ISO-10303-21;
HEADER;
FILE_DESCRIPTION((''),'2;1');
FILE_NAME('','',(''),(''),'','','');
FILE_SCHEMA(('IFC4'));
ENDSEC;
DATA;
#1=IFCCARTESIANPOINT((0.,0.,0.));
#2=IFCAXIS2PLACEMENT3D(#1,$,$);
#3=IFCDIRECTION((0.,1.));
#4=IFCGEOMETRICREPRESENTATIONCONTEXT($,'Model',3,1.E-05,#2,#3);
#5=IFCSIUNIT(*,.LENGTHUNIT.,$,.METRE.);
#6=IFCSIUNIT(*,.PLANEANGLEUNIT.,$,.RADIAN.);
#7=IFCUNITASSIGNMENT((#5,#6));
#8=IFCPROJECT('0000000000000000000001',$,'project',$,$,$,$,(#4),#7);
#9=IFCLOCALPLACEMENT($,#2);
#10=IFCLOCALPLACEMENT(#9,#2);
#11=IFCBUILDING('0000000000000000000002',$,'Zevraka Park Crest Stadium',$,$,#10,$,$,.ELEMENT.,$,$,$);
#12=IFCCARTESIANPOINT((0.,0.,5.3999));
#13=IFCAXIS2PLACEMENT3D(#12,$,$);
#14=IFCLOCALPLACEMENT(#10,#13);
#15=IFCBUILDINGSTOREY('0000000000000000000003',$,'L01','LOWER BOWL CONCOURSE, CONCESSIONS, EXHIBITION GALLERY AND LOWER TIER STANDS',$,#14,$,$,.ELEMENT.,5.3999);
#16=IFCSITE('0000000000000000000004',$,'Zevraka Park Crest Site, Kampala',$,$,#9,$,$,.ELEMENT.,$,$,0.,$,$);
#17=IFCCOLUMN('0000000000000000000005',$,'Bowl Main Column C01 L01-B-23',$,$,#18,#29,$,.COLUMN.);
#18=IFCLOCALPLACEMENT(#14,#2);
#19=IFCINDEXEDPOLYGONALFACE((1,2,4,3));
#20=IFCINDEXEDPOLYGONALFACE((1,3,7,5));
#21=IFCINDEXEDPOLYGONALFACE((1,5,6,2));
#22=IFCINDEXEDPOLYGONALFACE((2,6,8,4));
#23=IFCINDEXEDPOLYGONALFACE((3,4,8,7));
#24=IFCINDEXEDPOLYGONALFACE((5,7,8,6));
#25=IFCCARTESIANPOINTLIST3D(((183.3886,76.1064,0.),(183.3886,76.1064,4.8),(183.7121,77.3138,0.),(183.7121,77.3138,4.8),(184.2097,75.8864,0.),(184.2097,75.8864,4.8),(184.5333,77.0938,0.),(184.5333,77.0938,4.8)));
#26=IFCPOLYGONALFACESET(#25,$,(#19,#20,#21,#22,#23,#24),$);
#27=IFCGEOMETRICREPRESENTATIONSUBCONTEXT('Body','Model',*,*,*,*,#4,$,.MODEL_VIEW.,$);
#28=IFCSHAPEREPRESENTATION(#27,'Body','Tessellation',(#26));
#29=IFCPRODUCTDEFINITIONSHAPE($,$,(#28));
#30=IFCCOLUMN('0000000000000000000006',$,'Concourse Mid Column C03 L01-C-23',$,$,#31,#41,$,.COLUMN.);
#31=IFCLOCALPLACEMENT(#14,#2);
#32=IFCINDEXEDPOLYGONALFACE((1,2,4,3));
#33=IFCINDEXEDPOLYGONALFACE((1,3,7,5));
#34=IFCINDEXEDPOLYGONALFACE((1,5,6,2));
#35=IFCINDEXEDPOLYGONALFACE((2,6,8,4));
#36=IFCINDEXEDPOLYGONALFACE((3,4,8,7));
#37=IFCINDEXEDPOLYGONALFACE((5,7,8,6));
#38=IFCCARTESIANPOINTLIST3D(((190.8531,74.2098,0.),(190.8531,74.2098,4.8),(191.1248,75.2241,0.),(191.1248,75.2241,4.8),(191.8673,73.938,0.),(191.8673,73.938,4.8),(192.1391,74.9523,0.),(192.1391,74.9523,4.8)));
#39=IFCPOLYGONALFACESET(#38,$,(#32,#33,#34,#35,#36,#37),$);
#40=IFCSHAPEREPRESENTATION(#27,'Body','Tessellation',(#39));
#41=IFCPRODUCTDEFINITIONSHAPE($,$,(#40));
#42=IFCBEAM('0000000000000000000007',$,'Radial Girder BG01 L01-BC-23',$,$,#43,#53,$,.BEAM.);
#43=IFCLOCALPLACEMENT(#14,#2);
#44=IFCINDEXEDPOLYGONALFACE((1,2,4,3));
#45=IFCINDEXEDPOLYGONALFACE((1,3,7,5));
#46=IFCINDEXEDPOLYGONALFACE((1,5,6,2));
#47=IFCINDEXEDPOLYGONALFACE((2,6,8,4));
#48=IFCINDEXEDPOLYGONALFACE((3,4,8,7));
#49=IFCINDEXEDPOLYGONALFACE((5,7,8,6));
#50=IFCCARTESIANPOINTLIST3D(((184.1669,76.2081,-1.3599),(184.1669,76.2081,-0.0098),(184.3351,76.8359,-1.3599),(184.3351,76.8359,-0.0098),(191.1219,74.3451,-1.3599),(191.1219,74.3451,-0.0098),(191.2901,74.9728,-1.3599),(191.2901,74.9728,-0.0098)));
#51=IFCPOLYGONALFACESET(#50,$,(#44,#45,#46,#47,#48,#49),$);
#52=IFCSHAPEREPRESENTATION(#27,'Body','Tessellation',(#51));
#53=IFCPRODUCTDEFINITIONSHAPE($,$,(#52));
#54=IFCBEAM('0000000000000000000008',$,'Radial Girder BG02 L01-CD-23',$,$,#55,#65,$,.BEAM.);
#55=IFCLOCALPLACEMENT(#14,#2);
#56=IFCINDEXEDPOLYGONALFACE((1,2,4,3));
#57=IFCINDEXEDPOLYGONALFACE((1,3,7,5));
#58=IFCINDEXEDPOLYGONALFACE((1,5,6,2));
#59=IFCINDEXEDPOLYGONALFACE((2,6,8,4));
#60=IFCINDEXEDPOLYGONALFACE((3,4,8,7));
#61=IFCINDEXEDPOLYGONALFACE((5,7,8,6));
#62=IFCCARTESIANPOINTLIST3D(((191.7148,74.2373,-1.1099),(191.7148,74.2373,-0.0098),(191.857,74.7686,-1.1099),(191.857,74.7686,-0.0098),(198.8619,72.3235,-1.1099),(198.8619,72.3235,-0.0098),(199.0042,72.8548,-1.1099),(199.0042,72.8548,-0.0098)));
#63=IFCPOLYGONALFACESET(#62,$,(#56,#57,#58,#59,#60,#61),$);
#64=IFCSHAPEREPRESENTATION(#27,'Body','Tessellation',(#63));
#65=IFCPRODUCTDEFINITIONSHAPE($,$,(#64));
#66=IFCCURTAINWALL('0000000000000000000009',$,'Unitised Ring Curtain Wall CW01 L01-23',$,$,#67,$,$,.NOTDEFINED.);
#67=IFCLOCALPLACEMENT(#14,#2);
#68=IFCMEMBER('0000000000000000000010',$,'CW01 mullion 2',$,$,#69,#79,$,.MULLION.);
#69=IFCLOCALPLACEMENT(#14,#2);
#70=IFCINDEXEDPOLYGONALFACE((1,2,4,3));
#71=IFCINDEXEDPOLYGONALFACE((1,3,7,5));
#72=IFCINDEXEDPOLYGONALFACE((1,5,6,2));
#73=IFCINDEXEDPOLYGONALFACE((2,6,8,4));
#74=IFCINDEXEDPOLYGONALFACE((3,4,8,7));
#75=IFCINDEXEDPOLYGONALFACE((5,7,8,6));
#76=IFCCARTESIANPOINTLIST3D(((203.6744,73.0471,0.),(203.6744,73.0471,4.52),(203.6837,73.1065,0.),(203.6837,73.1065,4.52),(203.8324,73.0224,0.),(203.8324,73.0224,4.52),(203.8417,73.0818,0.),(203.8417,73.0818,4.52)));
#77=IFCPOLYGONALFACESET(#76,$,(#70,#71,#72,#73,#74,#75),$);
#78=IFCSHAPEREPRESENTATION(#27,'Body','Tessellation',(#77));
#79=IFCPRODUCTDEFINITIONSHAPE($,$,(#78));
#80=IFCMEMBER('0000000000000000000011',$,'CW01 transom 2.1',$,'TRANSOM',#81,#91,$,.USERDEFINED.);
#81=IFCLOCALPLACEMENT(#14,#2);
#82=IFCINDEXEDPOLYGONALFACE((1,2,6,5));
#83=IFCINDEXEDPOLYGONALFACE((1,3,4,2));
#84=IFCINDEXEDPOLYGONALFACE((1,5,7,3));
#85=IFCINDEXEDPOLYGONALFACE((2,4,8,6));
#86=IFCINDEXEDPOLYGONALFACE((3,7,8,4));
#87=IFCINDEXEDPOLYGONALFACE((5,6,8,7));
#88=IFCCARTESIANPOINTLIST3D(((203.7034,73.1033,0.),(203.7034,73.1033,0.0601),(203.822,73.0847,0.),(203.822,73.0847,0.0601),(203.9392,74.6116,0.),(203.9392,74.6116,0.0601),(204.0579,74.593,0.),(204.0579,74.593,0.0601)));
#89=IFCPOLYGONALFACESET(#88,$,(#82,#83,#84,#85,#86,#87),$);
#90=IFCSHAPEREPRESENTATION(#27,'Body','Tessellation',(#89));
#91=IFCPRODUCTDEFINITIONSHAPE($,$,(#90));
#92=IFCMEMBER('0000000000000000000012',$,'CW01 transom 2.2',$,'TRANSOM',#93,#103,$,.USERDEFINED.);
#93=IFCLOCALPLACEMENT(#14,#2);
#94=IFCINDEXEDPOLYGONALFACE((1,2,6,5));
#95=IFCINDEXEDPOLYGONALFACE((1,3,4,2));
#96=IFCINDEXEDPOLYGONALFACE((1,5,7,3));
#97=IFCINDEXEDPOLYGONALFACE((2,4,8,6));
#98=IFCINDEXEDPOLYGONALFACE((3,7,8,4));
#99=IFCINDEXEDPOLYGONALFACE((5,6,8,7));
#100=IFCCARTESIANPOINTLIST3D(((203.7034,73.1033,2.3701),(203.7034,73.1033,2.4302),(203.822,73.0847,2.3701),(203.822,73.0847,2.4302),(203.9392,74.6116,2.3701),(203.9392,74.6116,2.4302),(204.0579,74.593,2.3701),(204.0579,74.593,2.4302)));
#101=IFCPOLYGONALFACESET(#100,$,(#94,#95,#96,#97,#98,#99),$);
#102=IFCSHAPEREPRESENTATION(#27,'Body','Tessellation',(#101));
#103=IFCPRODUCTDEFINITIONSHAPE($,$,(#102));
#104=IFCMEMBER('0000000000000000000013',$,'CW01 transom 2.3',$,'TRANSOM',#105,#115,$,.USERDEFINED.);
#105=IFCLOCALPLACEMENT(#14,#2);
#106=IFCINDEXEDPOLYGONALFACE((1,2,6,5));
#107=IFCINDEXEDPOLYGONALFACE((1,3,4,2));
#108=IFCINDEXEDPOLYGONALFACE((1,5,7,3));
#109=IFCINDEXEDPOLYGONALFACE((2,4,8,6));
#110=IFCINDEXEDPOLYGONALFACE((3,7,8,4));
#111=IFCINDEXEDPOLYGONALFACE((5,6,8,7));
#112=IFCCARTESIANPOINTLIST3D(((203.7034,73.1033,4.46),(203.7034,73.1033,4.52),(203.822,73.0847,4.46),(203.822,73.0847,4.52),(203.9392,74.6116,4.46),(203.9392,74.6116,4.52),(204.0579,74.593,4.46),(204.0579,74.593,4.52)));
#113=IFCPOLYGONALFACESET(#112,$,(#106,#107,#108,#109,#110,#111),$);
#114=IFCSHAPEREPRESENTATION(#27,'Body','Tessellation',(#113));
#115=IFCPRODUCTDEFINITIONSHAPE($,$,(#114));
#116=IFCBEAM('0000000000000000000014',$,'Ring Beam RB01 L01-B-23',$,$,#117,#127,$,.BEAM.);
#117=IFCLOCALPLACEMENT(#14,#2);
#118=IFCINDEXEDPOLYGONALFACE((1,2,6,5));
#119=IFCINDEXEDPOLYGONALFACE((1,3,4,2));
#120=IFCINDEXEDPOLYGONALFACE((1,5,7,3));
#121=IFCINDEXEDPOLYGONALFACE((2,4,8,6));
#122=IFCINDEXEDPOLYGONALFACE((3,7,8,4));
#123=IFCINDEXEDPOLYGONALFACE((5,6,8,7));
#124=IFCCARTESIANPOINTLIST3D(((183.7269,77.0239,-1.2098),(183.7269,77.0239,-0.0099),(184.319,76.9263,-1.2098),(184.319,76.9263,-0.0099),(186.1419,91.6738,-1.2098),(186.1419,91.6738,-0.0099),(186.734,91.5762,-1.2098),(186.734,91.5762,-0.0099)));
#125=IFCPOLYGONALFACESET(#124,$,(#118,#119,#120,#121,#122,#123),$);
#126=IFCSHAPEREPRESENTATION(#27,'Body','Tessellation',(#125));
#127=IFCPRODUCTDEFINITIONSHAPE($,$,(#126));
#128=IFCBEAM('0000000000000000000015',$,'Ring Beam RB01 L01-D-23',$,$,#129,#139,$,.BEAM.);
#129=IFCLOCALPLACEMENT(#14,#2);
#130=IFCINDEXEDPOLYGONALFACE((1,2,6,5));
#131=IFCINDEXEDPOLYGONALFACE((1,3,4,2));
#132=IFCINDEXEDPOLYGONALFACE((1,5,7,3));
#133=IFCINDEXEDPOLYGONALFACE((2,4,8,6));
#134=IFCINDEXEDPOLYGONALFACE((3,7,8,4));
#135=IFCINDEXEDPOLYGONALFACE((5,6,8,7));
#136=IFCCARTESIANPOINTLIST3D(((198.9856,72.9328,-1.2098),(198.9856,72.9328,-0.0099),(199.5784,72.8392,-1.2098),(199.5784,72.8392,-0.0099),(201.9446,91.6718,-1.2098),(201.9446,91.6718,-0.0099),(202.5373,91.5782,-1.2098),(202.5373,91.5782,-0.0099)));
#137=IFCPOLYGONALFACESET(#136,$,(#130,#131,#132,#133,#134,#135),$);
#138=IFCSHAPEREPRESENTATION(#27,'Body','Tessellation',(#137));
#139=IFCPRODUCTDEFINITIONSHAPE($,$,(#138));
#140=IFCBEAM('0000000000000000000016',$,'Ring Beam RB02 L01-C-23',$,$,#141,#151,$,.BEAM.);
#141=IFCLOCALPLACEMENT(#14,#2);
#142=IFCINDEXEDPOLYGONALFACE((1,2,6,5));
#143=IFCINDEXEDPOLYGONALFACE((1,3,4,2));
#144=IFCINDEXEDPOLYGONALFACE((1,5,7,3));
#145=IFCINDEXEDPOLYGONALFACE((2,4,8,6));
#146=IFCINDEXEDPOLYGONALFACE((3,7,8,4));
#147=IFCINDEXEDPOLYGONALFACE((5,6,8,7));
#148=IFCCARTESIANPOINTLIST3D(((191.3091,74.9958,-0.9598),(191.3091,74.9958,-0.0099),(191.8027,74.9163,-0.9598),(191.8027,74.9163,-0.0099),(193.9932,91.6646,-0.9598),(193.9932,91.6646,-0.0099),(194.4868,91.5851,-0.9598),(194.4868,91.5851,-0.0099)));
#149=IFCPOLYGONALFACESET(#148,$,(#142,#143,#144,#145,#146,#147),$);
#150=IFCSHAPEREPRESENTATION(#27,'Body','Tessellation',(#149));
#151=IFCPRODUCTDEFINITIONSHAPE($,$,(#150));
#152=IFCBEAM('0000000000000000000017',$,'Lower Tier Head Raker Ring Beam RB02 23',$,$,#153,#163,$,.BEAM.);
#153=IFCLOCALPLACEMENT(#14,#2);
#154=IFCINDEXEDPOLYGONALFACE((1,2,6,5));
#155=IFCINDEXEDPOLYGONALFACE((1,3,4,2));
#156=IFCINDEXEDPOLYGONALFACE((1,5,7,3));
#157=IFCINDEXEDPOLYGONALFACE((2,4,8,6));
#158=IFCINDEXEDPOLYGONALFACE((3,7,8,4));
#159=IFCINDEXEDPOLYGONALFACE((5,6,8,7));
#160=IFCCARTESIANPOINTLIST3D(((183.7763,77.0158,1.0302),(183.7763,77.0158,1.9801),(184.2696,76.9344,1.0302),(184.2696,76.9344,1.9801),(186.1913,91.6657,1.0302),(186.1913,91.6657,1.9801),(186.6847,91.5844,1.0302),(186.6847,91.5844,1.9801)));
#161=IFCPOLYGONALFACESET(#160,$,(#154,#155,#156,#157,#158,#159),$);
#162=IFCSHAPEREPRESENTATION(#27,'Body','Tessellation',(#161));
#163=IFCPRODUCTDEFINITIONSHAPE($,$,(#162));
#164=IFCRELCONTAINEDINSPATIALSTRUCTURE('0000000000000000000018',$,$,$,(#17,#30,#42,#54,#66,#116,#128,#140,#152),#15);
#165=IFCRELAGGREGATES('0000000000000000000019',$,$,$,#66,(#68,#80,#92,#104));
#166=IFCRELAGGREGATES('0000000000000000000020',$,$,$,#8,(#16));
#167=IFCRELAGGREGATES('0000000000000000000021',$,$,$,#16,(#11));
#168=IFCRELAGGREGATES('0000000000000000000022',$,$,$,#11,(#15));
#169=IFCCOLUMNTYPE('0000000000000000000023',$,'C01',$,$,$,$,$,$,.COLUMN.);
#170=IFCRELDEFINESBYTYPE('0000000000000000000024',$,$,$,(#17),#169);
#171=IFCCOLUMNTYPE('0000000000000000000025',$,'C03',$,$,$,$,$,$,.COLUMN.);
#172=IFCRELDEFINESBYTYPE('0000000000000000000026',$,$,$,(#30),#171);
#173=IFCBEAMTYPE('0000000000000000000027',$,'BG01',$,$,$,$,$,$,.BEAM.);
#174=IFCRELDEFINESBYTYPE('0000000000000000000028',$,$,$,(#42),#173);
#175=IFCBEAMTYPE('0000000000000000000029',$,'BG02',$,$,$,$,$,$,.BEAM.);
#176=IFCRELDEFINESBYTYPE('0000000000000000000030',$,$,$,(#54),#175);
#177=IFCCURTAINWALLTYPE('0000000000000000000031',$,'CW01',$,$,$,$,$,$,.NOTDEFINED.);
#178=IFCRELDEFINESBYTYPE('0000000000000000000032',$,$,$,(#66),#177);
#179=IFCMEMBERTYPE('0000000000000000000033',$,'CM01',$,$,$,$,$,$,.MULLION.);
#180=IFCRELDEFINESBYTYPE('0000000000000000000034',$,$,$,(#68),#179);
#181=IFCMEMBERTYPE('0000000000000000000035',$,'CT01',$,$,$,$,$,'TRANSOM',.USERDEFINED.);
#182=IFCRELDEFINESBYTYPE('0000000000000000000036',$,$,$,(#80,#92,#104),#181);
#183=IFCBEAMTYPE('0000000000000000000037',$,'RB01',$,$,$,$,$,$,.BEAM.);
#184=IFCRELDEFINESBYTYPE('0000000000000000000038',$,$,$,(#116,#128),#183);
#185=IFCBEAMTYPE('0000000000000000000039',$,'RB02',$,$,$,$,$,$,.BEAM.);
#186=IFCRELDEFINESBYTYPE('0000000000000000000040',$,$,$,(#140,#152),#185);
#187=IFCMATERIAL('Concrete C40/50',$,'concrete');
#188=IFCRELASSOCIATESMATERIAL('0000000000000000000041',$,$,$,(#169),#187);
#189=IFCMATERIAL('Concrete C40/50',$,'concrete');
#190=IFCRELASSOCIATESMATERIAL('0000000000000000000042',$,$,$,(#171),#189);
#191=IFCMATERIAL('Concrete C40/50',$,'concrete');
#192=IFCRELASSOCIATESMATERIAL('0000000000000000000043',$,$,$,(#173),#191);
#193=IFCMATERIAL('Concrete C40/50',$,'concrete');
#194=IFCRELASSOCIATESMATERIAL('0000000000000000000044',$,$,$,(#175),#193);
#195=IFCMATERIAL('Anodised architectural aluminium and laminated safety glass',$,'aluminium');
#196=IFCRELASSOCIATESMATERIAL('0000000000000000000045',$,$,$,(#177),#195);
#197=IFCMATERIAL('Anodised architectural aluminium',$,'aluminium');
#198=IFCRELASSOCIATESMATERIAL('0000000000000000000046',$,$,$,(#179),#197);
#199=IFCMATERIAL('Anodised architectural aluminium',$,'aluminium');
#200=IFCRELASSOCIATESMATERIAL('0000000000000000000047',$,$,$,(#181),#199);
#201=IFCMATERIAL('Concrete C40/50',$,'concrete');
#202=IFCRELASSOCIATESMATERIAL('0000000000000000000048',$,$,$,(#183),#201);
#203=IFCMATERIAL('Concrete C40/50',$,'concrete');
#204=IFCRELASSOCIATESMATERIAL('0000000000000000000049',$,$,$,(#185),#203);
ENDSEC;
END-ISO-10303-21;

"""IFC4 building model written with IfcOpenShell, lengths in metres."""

from ifc_helpers import new_model, si_unit, direction, frame, origin, origin_2d, place, context, subcontext, project, spatial, rectangle, extrude, material, material_profile, profile_set, type_object, element, aggregate, save


model = new_model("IFC4")

# Units and contexts
model_context = context("Model", 3, precision=1e-05, world=origin(), true_north=direction((0.0, 1.0)))
body_context = subcontext(model_context, "Body", "Model", "MODEL_VIEW")
ifc_project = project(units=[si_unit("LENGTHUNIT", "METRE"), si_unit("PLANEANGLEUNIT", "RADIAN")], contexts=[model_context])

# Site, building, storey
site_placement = place(None, origin())
site = spatial("IfcSite", under=ifc_project, at=site_placement, Name="Zevraka Park Crest Site, Kampala", CompositionType="ELEMENT", RefElevation=0.0)
building_placement = place(site_placement, origin())
building = spatial("IfcBuilding", under=site, at=building_placement, Name="Zevraka Park Crest Stadium", CompositionType="ELEMENT")
storey_placement = place(building_placement, frame((0.0, 0.0, 5.3999)))
storey = spatial("IfcBuildingStorey", under=building, at=storey_placement, Name="L01", Description="LOWER BOWL CONCOURSE, CONCESSIONS, EXHIBITION GALLERY AND LOWER TIER STANDS", CompositionType="ELEMENT", Elevation=5.3999)

# Columns
ifc_material_1 = material(Name="Concrete C40/50", Category="concrete")
ifc_material_profile_1 = material_profile(ifc_material_1, rectangle(XDim=0.8501, YDim=1.25, at=origin_2d()), Name="RC 1250x850")
ifc_profile_set_1 = profile_set([ifc_material_profile_1], Name="Concrete C40/50")
column_type_1 = type_object("IfcColumnType", Name="C01", PredefinedType="COLUMN", material=ifc_profile_set_1)
column_1_placement = place(storey_placement, frame((183.9609, 76.6001, 0.0), z_axis=(0.0, 0.0, 1.0), x_axis=(-0.965926, 0.258819, 0.0)))
element("IfcColumn", 1, at=column_1_placement, inside=storey, type_object=column_type_1, Name="Bowl Main Column C01 L01-B-23", PredefinedType="COLUMN", context=body_context, shape_type="SweptSolid", body=[
    extrude(rectangle(XDim=0.8501, YDim=1.25, at=origin_2d()), origin(), (0.0, 0.0, 1.0), 4.8),
])
ifc_material_2 = material(Name="Concrete C40/50", Category="concrete")
ifc_material_profile_2 = material_profile(ifc_material_2, rectangle(XDim=1.05, YDim=1.05, at=origin_2d()), Name="RC 1050x1050")
ifc_profile_set_2 = profile_set([ifc_material_profile_2], Name="Concrete C40/50")
column_type_2 = type_object("IfcColumnType", Name="C03", PredefinedType="COLUMN", material=ifc_profile_set_2)
column_2_placement = place(storey_placement, frame((191.4961, 74.5811, 0.0), z_axis=(0.0, 0.0, 1.0), x_axis=(-0.965926, 0.258819, 0.0)))
element("IfcColumn", 2, at=column_2_placement, inside=storey, type_object=column_type_2, Name="Concourse Mid Column C03 L01-C-23", PredefinedType="COLUMN", context=body_context, shape_type="SweptSolid", body=[
    extrude(rectangle(XDim=1.05, YDim=1.05, at=origin_2d()), origin(), (0.0, 0.0, 1.0), 4.8),
])

# Beams
ifc_material_3 = material(Name="Concrete C40/50", Category="concrete")
ifc_material_profile_3 = material_profile(ifc_material_3, rectangle(XDim=0.6499, YDim=1.3501, at=origin_2d()), Name="RC 1350x650")
ifc_profile_set_3 = profile_set([ifc_material_profile_3], Name="Concrete C40/50")
beam_type_1 = type_object("IfcBeamType", Name="BG01", PredefinedType="BEAM", material=ifc_profile_set_3)
beam_1_placement = place(storey_placement, frame((184.251, 76.522, -0.6848), z_axis=(0.965946, -0.258745, 0.0), x_axis=(0.258745, 0.965946, 0.0)))
element("IfcBeam", 3, at=beam_1_placement, inside=storey, type_object=beam_type_1, Name="Radial Girder BG01 L01-BC-23", PredefinedType="BEAM", context=body_context, shape_type="SweptSolid", body=[
    extrude(rectangle(XDim=0.6499, YDim=1.3501, at=origin_2d()), origin(), (0.0, 0.0, 1.0), 7.2002),
])
ifc_material_4 = material(Name="Concrete C40/50", Category="concrete")
ifc_material_profile_4 = material_profile(ifc_material_4, rectangle(XDim=0.55, YDim=1.1001, at=origin_2d()), Name="RC 1100x550")
ifc_profile_set_4 = profile_set([ifc_material_profile_4], Name="Concrete C40/50")
beam_type_2 = type_object("IfcBeamType", Name="BG02", PredefinedType="BEAM", material=ifc_profile_set_4)
beam_2_placement = place(storey_placement, frame((191.7859, 74.5029, -0.5598), z_axis=(0.965969, -0.258659, 0.0), x_axis=(0.258659, 0.965969, 0.0)))
element("IfcBeam", 4, at=beam_2_placement, inside=storey, type_object=beam_type_2, Name="Radial Girder BG02 L01-CD-23", PredefinedType="BEAM", context=body_context, shape_type="SweptSolid", body=[
    extrude(rectangle(XDim=0.55, YDim=1.1001, at=origin_2d()), origin(), (0.0, 0.0, 1.0), 7.3989),
])

# Curtain wall, members
ifc_material_5 = material(Name="Anodised architectural aluminium and laminated safety glass", Category="aluminium")
curtain_wall_type = type_object("IfcCurtainWallType", Name="CW01", PredefinedType="NOTDEFINED", material=ifc_material_5)
curtain_wall_placement = place(storey_placement, origin())
curtain_wall = element("IfcCurtainWall", 5, at=curtain_wall_placement, inside=storey, type_object=curtain_wall_type, Name="Unitised Ring Curtain Wall CW01 L01-23", PredefinedType="NOTDEFINED")
ifc_material_6 = material(Name="Anodised architectural aluminium", Category="aluminium")
ifc_material_profile_5 = material_profile(ifc_material_6, rectangle(XDim=0.1599, YDim=0.0601, at=origin_2d()), Name="ALU MULLION 160x60")
ifc_profile_set_5 = profile_set([ifc_material_profile_5], Name="Anodised architectural aluminium")
member_type_1 = type_object("IfcMemberType", Name="CM01", PredefinedType="MULLION", material=ifc_profile_set_5)
member_1_placement = place(storey_placement, frame((203.7581, 73.0645, 0.0), z_axis=(0.0, 0.0, 1.0), x_axis=(-0.987997, 0.154476, 0.0)))
member_1 = element("IfcMember", 6, at=member_1_placement, type_object=member_type_1, Name="CW01 mullion 2", PredefinedType="MULLION", context=body_context, shape_type="SweptSolid", body=[
    extrude(rectangle(XDim=0.1599, YDim=0.0601, at=origin_2d()), origin(), (0.0, 0.0, 1.0), 4.52),
])
ifc_material_7 = material(Name="Anodised architectural aluminium", Category="aluminium")
ifc_material_profile_6 = material_profile(ifc_material_7, rectangle(XDim=0.1201, YDim=0.0601, at=origin_2d()), Name="ALU TRANSOM 120x60")
ifc_profile_set_6 = profile_set([ifc_material_profile_6], Name="Anodised architectural aluminium")
member_type_2 = type_object("IfcMemberType", Name="CT01", ElementType="TRANSOM", PredefinedType="USERDEFINED", material=ifc_profile_set_6)
member_2_placement = place(storey_placement, frame((203.7627, 73.094, 0.03), z_axis=(0.154484, 0.987995, 0.0), x_axis=(-0.987995, 0.154484, 0.0)))
member_2 = element("IfcMember", 7, at=member_2_placement, type_object=member_type_2, Name="CW01 transom 2.1", ObjectType="TRANSOM", PredefinedType="USERDEFINED", context=body_context, shape_type="SweptSolid", body=[
    extrude(rectangle(XDim=0.1201, YDim=0.0601, at=origin_2d()), origin(), (0.0, 0.0, 1.0), 1.5266),
])
member_3_placement = place(storey_placement, frame((203.7627, 73.094, 2.4001), z_axis=(0.154484, 0.987995, 0.0), x_axis=(-0.987995, 0.154484, 0.0)))
member_3 = element("IfcMember", 8, at=member_3_placement, type_object=member_type_2, Name="CW01 transom 2.2", ObjectType="TRANSOM", PredefinedType="USERDEFINED", context=body_context, shape_type="SweptSolid", body=[
    extrude(rectangle(XDim=0.1201, YDim=0.0601, at=origin_2d()), origin(), (0.0, 0.0, 1.0), 1.5266),
])
member_4_placement = place(storey_placement, frame((203.7627, 73.094, 4.49), z_axis=(0.154484, 0.987995, 0.0), x_axis=(-0.987995, 0.154484, 0.0)))
member_4 = element("IfcMember", 9, at=member_4_placement, type_object=member_type_2, Name="CW01 transom 2.3", ObjectType="TRANSOM", PredefinedType="USERDEFINED", context=body_context, shape_type="SweptSolid", body=[
    extrude(rectangle(XDim=0.1201, YDim=0.0601, at=origin_2d()), origin(), (0.0, 0.0, 1.0), 1.5266),
])

# Beams
ifc_material_8 = material(Name="Concrete C40/50", Category="concrete")
ifc_material_profile_7 = material_profile(ifc_material_8, rectangle(XDim=0.6001, YDim=1.2, at=origin_2d()), Name="RC 1200x600")
ifc_profile_set_7 = profile_set([ifc_material_profile_7], Name="Concrete C40/50")
beam_type_3 = type_object("IfcBeamType", Name="RB01", PredefinedType="BEAM", material=ifc_profile_set_7)
beam_3_placement = place(storey_placement, frame((184.0229, 76.9751, -0.6099), z_axis=(0.162655, 0.986683, 0.0), x_axis=(-0.986683, 0.162655, 0.0)))
element("IfcBeam", 10, at=beam_3_placement, inside=storey, type_object=beam_type_3, Name="Ring Beam RB01 L01-B-23", PredefinedType="BEAM", context=body_context, shape_type="SweptSolid", body=[
    extrude(rectangle(XDim=0.6001, YDim=1.2, at=origin_2d()), origin(), (0.0, 0.0, 1.0), 14.8477),
])
beam_4_placement = place(storey_placement, frame((199.282, 72.886, -0.6099), z_axis=(0.155972, 0.987761, 0.0), x_axis=(-0.987761, 0.155972, 0.0)))
element("IfcBeam", 11, at=beam_4_placement, inside=storey, type_object=beam_type_3, Name="Ring Beam RB01 L01-D-23", PredefinedType="BEAM", context=body_context, shape_type="SweptSolid", body=[
    extrude(rectangle(XDim=0.6001, YDim=1.2, at=origin_2d()), origin(), (0.0, 0.0, 1.0), 18.9712),
])
ifc_material_9 = material(Name="Concrete C40/50", Category="concrete")
ifc_material_profile_8 = material_profile(ifc_material_9, rectangle(XDim=0.5, YDim=0.95, at=origin_2d()), Name="RC 950x500")
ifc_profile_set_8 = profile_set([ifc_material_profile_8], Name="Concrete C40/50")
beam_type_4 = type_object("IfcBeamType", Name="RB02", PredefinedType="BEAM", material=ifc_profile_set_8)
beam_5_placement = place(storey_placement, frame((191.5559, 74.9561, -0.4849), z_axis=(0.158975, 0.987283, 0.0), x_axis=(-0.987283, 0.158975, 0.0)))
element("IfcBeam", 12, at=beam_5_placement, inside=storey, type_object=beam_type_4, Name="Ring Beam RB02 L01-C-23", PredefinedType="BEAM", context=body_context, shape_type="SweptSolid", body=[
    extrude(rectangle(XDim=0.5, YDim=0.95, at=origin_2d()), origin(), (0.0, 0.0, 1.0), 16.8835),
])
beam_6_placement = place(storey_placement, frame((184.0229, 76.9751, 1.5051), z_axis=(0.162655, 0.986683, 0.0), x_axis=(-0.986683, 0.162655, 0.0)))
element("IfcBeam", 13, at=beam_6_placement, inside=storey, type_object=beam_type_4, Name="Lower Tier Head Raker Ring Beam RB02 23", PredefinedType="BEAM", context=body_context, shape_type="SweptSolid", body=[
    extrude(rectangle(XDim=0.5, YDim=0.95, at=origin_2d()), origin(), (0.0, 0.0, 1.0), 14.8477),
])

aggregate(curtain_wall, [member_1, member_2, member_3, member_4])

save(model, "model.ifc")
